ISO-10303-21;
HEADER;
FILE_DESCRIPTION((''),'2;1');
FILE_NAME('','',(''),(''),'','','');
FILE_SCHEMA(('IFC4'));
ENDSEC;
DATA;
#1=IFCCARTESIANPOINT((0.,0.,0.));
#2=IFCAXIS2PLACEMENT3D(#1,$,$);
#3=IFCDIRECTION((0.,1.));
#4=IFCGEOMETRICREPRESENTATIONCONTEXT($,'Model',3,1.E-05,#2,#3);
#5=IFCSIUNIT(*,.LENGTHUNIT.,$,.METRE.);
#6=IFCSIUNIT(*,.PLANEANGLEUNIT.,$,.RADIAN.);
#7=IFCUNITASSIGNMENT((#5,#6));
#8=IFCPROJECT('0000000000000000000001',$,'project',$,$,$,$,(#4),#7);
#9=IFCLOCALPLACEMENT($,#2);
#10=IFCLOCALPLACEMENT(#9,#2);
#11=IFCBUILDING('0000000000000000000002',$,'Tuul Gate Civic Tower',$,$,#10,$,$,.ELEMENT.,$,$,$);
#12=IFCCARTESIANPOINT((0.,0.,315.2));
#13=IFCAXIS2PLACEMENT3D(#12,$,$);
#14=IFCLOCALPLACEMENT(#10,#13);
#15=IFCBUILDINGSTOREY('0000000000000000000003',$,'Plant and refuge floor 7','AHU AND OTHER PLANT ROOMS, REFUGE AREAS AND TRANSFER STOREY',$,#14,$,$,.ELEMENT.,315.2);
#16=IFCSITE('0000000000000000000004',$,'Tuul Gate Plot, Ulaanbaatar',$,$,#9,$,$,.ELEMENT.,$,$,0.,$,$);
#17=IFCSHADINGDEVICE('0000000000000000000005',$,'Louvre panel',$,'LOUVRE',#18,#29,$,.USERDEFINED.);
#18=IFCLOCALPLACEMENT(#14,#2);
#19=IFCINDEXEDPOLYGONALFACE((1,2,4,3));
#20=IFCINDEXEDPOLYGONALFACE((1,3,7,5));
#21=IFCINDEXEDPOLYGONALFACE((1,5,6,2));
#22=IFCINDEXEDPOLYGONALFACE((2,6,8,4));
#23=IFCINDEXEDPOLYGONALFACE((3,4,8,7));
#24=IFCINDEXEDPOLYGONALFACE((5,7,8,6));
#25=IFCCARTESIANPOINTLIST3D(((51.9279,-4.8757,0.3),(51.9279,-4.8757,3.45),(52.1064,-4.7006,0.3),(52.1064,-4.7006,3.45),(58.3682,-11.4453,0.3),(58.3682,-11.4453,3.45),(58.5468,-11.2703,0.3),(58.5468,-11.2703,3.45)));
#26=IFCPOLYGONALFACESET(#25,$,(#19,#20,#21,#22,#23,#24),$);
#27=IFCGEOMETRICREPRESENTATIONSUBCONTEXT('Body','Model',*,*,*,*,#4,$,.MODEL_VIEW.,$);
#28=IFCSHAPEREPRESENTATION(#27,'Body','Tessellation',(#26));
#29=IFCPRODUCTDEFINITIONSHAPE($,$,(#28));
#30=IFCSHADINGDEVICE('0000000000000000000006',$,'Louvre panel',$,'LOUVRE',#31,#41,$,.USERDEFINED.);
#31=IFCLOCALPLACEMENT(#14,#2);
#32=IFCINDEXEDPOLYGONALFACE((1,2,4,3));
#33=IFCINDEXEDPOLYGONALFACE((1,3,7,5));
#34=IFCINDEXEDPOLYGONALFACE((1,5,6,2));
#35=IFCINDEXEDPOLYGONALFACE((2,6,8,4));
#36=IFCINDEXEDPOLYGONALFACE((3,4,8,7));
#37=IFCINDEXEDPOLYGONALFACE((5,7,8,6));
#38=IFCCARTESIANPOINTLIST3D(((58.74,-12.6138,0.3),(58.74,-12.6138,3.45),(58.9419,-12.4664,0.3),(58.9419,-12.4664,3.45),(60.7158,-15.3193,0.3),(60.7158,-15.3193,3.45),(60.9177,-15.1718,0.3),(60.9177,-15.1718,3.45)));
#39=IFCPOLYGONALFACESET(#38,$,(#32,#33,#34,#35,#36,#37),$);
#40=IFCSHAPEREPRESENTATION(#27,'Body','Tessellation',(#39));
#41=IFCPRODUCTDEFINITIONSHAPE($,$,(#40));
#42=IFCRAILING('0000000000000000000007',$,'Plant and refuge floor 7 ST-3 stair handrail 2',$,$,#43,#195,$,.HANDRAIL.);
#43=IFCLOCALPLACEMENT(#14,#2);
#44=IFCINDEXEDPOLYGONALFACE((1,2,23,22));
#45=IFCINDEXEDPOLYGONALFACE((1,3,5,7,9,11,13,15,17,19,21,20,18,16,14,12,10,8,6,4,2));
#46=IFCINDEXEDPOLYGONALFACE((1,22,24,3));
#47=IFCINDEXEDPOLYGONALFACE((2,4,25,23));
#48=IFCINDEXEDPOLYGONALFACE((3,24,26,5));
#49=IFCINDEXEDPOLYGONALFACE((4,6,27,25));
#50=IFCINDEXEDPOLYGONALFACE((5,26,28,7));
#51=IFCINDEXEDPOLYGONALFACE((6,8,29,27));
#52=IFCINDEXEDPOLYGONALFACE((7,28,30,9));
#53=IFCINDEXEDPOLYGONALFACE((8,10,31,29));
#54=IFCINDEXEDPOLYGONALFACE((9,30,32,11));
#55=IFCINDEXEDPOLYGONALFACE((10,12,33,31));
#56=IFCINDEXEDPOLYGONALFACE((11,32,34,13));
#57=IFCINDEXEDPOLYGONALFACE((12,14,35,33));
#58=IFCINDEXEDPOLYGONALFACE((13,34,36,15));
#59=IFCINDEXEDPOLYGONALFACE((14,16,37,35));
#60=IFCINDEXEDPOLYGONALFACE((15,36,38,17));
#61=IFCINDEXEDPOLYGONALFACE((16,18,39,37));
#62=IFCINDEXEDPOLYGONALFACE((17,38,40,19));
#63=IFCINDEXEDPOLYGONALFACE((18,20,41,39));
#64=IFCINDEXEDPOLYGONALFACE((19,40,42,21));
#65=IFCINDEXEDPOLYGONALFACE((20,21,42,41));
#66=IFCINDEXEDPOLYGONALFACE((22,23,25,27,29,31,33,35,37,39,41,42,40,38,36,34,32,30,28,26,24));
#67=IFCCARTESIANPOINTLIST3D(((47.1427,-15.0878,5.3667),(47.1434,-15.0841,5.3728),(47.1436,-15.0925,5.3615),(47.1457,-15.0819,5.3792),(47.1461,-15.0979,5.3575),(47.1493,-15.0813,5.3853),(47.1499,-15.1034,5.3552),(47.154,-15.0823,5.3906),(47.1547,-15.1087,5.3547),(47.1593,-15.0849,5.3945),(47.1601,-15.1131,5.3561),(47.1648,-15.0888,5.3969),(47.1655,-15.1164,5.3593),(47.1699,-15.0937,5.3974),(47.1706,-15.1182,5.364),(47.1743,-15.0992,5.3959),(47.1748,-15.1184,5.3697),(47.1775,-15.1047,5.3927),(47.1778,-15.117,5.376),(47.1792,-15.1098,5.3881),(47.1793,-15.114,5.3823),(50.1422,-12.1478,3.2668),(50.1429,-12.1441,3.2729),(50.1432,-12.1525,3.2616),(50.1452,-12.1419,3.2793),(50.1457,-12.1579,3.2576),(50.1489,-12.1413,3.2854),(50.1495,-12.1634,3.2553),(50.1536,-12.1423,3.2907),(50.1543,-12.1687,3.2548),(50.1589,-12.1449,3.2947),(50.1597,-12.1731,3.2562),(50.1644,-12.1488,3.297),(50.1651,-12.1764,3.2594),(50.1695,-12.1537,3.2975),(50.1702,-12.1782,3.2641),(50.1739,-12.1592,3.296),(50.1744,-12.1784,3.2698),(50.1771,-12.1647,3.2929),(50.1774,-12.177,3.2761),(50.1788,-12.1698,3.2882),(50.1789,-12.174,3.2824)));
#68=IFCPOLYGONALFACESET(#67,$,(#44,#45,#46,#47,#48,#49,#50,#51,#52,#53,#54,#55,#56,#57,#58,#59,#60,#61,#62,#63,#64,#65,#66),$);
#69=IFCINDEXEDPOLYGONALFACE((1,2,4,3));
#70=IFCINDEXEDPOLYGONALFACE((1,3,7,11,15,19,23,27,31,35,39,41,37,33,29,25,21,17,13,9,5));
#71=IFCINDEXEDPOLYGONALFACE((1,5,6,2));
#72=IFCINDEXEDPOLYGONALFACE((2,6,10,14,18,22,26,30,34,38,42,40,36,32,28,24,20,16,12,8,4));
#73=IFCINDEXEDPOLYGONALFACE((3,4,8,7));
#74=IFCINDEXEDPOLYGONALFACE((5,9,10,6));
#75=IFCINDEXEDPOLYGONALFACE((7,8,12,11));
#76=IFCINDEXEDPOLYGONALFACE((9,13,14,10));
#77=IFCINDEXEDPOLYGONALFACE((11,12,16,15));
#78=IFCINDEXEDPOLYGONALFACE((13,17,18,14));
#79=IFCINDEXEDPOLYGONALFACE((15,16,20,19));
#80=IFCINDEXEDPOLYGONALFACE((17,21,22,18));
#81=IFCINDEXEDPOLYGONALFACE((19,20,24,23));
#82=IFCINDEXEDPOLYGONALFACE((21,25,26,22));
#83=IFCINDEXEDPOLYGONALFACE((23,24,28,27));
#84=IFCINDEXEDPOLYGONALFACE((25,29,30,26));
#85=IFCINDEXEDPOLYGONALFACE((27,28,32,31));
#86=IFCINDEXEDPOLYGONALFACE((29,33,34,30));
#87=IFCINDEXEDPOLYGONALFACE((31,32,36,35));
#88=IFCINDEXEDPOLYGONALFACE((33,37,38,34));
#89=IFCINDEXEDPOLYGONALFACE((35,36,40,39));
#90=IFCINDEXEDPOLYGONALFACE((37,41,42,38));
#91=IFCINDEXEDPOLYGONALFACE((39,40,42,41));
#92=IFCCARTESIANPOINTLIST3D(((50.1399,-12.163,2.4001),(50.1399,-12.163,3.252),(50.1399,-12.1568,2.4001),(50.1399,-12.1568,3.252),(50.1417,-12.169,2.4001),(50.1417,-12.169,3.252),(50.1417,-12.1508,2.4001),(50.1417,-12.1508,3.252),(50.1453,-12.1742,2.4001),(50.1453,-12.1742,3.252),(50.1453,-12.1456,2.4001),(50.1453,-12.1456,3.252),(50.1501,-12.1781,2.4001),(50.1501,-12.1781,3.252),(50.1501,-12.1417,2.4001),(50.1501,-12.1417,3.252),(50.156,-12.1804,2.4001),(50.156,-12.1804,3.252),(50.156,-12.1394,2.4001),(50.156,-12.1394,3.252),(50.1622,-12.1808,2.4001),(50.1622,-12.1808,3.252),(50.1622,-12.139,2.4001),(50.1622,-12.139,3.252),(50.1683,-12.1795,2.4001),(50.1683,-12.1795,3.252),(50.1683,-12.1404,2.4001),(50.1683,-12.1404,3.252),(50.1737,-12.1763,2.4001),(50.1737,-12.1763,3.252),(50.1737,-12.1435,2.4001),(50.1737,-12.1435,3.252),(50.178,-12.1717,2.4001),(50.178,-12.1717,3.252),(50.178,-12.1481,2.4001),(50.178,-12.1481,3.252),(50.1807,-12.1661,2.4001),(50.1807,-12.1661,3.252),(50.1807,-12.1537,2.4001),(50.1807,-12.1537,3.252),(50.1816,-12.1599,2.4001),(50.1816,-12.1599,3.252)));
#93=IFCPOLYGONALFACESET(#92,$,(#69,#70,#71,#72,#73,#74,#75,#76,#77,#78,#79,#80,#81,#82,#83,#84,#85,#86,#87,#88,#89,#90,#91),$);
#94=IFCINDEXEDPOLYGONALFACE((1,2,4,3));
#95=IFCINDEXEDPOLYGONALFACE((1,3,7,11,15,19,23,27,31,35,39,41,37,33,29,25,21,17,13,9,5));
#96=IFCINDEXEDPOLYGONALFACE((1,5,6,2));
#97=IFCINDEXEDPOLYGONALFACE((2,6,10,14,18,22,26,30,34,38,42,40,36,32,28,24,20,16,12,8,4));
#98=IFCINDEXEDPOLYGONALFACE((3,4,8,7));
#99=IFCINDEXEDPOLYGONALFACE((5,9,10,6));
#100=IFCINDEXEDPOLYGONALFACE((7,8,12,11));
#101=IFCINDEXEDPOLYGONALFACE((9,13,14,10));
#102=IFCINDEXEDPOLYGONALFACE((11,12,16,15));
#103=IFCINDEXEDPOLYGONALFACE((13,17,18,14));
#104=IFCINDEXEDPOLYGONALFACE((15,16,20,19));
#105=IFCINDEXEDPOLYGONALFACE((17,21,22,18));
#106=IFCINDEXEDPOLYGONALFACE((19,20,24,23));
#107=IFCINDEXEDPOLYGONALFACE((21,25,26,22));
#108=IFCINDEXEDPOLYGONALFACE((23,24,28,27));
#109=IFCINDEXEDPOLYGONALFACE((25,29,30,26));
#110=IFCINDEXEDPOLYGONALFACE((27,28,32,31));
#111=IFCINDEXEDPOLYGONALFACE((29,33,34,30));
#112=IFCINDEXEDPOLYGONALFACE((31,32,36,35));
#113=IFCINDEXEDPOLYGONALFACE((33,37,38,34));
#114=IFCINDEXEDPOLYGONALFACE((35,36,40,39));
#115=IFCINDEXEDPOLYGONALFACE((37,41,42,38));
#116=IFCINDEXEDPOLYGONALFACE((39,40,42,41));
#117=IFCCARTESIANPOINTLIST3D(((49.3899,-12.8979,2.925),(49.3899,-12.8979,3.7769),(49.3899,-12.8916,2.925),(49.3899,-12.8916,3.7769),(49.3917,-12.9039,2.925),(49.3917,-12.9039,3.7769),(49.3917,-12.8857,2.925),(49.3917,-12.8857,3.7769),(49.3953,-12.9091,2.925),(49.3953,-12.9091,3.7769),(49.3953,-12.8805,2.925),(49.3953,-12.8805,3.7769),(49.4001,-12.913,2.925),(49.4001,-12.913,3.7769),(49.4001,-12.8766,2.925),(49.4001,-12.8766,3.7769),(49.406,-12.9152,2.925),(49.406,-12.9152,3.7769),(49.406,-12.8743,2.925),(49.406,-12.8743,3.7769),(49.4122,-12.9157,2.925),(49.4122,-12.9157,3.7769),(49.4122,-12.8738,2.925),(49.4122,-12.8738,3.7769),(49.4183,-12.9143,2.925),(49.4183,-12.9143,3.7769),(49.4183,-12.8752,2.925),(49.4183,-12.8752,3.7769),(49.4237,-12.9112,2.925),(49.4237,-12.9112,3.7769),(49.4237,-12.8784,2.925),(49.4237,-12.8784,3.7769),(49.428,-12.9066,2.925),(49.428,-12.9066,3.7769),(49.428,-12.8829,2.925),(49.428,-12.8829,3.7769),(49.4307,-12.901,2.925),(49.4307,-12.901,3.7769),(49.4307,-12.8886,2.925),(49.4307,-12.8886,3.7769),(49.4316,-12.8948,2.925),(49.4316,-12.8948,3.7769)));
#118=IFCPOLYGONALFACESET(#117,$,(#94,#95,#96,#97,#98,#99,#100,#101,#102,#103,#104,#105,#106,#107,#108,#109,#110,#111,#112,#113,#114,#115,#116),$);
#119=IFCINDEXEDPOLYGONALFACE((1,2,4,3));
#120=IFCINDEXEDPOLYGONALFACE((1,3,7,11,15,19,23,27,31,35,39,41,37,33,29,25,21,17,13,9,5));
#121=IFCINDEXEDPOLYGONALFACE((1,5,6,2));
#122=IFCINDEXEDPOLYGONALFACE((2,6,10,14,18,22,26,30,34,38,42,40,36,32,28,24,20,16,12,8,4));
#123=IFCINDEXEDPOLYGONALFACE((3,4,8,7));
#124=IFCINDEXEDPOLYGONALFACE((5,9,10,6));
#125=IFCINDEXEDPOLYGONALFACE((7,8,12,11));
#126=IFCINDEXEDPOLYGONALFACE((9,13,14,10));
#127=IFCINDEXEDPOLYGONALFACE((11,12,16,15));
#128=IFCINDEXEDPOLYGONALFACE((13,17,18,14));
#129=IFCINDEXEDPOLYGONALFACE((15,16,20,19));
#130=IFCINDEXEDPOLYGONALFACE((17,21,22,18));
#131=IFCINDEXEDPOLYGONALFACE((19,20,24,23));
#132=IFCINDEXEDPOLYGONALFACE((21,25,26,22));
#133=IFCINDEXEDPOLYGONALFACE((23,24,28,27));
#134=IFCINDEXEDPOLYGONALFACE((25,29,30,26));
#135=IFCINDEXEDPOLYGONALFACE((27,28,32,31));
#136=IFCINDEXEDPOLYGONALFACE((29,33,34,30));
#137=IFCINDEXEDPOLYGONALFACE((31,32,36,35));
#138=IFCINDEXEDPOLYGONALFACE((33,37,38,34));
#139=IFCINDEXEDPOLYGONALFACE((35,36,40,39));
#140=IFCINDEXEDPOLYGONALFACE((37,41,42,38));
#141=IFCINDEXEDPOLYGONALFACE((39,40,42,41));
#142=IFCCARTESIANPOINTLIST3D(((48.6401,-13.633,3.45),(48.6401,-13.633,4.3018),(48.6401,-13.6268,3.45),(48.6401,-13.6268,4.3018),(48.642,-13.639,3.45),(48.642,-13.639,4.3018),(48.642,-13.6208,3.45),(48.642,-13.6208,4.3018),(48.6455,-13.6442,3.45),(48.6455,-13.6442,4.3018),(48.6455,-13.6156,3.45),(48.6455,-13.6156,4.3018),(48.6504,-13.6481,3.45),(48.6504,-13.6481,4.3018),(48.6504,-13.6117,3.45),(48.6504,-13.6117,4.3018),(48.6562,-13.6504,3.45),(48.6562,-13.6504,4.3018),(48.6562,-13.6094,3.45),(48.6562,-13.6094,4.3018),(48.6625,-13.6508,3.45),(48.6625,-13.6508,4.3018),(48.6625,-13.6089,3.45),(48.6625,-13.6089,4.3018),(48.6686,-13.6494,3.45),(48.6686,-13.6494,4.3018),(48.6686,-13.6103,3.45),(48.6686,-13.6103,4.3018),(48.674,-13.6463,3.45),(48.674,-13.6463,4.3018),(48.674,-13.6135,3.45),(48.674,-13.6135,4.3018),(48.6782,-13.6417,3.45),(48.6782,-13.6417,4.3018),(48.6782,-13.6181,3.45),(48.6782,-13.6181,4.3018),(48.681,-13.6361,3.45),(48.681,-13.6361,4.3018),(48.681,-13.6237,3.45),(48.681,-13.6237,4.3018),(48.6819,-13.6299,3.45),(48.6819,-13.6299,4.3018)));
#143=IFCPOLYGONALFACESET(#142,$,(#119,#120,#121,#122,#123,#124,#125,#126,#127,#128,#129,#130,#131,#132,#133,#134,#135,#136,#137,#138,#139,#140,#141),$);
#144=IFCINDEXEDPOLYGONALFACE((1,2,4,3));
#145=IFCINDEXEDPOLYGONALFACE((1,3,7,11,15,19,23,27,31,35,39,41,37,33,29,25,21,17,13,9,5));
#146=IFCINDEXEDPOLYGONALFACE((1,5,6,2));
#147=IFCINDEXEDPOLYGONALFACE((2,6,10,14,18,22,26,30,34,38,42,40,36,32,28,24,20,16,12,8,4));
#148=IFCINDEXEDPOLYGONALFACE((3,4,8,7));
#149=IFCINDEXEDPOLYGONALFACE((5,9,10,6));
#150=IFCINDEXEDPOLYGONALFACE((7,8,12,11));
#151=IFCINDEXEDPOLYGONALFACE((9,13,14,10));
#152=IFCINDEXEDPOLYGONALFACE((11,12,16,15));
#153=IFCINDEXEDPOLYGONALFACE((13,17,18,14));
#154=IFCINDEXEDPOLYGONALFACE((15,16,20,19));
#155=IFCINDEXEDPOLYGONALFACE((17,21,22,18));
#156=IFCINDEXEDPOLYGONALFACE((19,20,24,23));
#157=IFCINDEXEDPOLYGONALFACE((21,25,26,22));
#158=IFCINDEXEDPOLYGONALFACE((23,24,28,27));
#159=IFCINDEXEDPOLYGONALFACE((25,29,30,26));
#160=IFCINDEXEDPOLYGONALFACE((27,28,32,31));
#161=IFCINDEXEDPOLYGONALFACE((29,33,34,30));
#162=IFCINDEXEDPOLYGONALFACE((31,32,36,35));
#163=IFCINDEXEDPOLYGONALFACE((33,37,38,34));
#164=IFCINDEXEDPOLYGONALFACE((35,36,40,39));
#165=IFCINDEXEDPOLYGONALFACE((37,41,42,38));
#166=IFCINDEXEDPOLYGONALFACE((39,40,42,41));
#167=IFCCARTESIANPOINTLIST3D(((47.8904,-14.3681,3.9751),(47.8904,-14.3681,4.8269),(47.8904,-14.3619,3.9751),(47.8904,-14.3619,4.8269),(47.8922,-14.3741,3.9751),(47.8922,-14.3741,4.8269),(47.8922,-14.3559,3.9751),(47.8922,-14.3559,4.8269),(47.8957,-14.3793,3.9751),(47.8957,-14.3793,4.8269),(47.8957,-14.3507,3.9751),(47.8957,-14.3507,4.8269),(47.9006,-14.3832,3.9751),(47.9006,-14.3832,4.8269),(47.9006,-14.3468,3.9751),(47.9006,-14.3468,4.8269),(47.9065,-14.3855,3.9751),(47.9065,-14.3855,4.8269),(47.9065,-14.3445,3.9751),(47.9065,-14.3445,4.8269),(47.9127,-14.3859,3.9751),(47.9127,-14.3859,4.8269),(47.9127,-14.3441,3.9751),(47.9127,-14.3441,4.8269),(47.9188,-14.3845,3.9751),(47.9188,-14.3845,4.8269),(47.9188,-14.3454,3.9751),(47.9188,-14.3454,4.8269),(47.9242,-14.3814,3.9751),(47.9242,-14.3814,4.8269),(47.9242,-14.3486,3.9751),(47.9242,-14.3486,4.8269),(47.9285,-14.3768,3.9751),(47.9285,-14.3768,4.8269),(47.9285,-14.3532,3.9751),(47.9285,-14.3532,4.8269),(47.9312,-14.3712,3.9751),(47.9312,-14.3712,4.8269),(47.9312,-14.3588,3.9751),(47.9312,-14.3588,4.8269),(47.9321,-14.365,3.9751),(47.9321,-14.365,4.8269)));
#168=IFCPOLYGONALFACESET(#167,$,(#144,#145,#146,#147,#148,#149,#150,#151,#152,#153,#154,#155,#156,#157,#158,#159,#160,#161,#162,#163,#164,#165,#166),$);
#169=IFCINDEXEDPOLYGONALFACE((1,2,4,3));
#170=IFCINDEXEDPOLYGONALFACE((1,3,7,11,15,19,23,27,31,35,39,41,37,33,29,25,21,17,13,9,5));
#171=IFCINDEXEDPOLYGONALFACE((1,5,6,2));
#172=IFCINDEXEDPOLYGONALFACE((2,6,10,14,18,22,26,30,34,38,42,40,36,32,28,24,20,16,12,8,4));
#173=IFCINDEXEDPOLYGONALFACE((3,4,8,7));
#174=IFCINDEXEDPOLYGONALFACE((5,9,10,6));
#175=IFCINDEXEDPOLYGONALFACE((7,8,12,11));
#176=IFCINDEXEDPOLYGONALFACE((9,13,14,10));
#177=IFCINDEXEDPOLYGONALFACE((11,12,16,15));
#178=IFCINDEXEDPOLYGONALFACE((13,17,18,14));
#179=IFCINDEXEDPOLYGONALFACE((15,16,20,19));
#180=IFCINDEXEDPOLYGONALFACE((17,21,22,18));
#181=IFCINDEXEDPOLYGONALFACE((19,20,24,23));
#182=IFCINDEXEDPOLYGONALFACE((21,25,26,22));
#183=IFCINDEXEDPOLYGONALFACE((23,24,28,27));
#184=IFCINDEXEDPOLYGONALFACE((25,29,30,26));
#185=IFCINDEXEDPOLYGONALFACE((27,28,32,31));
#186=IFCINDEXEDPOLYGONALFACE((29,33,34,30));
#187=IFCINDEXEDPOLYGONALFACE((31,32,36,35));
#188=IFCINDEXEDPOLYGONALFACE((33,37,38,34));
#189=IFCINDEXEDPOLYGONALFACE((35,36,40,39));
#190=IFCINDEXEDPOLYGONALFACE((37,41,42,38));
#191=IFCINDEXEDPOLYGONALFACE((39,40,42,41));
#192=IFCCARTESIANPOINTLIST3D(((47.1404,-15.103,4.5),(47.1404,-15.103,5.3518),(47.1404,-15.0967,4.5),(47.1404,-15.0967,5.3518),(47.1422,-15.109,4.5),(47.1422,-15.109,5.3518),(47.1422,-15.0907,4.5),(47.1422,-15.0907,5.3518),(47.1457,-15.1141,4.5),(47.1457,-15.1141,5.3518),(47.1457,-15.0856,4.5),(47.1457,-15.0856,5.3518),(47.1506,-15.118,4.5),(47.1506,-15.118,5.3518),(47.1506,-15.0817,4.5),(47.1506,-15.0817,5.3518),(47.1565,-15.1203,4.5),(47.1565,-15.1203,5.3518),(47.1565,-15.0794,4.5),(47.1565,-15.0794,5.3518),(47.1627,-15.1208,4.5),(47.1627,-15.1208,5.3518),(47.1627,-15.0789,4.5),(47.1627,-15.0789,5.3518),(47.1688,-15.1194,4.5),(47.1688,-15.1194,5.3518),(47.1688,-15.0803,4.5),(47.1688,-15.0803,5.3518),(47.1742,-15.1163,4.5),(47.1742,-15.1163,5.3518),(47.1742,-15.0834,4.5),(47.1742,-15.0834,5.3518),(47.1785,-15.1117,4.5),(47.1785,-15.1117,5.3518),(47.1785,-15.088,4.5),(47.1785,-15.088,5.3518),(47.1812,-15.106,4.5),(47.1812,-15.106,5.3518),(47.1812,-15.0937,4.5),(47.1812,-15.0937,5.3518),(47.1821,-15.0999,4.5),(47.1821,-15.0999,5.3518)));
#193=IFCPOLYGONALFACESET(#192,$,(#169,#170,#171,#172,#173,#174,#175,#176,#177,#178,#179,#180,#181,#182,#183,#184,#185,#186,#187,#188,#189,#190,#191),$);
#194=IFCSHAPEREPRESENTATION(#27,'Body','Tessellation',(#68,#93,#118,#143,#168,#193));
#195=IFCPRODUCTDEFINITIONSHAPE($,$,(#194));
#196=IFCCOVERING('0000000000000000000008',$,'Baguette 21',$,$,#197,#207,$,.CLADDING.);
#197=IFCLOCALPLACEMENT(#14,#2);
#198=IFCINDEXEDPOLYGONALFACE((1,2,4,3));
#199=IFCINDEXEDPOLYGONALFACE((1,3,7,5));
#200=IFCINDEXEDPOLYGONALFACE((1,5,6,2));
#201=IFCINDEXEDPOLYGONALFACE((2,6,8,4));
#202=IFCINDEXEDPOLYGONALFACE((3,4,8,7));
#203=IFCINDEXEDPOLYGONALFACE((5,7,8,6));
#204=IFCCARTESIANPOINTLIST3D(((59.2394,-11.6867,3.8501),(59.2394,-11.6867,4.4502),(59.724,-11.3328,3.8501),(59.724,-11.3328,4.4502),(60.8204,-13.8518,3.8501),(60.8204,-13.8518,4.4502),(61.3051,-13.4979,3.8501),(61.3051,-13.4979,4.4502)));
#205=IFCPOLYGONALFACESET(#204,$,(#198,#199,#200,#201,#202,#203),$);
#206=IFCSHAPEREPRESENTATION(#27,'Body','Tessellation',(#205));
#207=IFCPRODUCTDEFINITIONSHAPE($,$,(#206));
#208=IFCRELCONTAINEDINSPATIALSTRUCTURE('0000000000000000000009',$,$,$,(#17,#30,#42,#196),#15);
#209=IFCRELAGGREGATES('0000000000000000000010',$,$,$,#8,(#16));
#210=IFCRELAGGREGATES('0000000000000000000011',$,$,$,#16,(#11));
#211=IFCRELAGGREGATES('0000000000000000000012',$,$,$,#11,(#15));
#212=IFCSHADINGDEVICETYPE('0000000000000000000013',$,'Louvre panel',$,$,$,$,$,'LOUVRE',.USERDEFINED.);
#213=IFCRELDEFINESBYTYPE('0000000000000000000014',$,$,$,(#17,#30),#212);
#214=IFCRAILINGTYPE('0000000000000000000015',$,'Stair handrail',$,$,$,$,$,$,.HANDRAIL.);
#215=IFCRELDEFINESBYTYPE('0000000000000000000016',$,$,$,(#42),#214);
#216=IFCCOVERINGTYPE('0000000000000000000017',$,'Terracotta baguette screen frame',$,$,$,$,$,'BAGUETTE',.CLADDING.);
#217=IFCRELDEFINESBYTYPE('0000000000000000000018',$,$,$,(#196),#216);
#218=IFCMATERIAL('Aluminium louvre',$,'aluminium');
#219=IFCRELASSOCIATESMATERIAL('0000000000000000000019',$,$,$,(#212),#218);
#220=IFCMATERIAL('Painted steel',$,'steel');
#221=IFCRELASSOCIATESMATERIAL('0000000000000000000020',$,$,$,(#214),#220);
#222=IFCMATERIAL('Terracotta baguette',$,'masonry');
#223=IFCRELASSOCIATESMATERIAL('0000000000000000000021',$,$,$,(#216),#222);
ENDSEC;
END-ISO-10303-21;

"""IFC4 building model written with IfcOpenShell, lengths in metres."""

from ifc_helpers import new_model, si_unit, direction, frame, origin, origin_2d, place, context, subcontext, project, spatial, rectangle, circle, extrude, material, material_profile, profile_set, type_object, element, save


model = new_model("IFC4")

# Units and contexts
model_context = context("Model", 3, precision=1e-05, world=origin(), true_north=direction((0.0, 1.0)))
body_context = subcontext(model_context, "Body", "Model", "MODEL_VIEW")
ifc_project = project(units=[si_unit("LENGTHUNIT", "METRE"), si_unit("PLANEANGLEUNIT", "RADIAN")], contexts=[model_context])

# Site, building, storey
site_placement = place(None, origin())
site = spatial("IfcSite", under=ifc_project, at=site_placement, Name="Tuul Gate Plot, Ulaanbaatar", CompositionType="ELEMENT", RefElevation=0.0)
building_placement = place(site_placement, origin())
building = spatial("IfcBuilding", under=site, at=building_placement, Name="Tuul Gate Civic Tower", CompositionType="ELEMENT")
storey_placement = place(building_placement, frame((0.0, 0.0, 315.2)))
storey = spatial("IfcBuildingStorey", under=building, at=storey_placement, Name="Plant and refuge floor 7", Description="AHU AND OTHER PLANT ROOMS, REFUGE AREAS AND TRANSFER STOREY", CompositionType="ELEMENT", Elevation=315.2)

# Shading devices
ifc_material_1 = material(Name="Aluminium louvre", Category="aluminium")
shading_device_type = type_object("IfcShadingDeviceType", Name="Louvre panel", ElementType="LOUVRE", PredefinedType="USERDEFINED", material=ifc_material_1)
shading_device_1_placement = place(storey_placement, frame((55.2373, -8.073, 0.3), z_axis=(0.0, 0.0, 1.0), x_axis=(0.7141, 0.700043, 0.0)))
element("IfcShadingDevice", 1, at=shading_device_1_placement, inside=storey, type_object=shading_device_type, Name="Louvre panel", ObjectType="LOUVRE", PredefinedType="USERDEFINED", context=body_context, shape_type="SweptSolid", body=[
    extrude(rectangle(XDim=0.25, YDim=9.2, at=origin_2d()), origin(), (0.0, 0.0, 1.0), 3.1499),
])
shading_device_2_placement = place(storey_placement, frame((59.8289, -13.8928, 0.3), z_axis=(0.0, 0.0, 1.0), x_axis=(-0.807578, -0.58976, 0.0)))
element("IfcShadingDevice", 2, at=shading_device_2_placement, inside=storey, type_object=shading_device_type, Name="Louvre panel", ObjectType="LOUVRE", PredefinedType="USERDEFINED", context=body_context, shape_type="SweptSolid", body=[
    extrude(rectangle(XDim=0.25, YDim=3.3501, at=origin_2d()), origin(), (0.0, 0.0, 1.0), 3.1499),
])

# Railing
ifc_material_2 = material(Name="Painted steel", Category="steel")
railing_type_1 = type_object("IfcRailingType", Name="Stair handrail", PredefinedType="HANDRAIL", material=ifc_material_2)
railing_1_placement = place(storey_placement, frame((50.1606, -12.1599, 2.4001)))
element("IfcRailing", 3, at=railing_1_placement, inside=storey, type_object=railing_type_1, Name="Plant and refuge floor 7 ST-3 stair handrail 2", PredefinedType="HANDRAIL", context=body_context, shape_type="SweptSolid", body=[
    extrude(circle(Radius=0.0239, at=origin_2d()), frame((0.0, 0.0, 0.876), z_axis=(-0.638777, -0.626091, 0.447185), x_axis=(0.69998, -0.714163, 0.0)), (0.0, 0.0, 1.0), 4.6958),
    extrude(circle(Radius=0.021, at=origin_2d()), origin(), (0.0, 0.0, 1.0), 0.8518),
    extrude(circle(Radius=0.021, at=origin_2d()), frame((-0.75, -0.7349, 0.5249)), (0.0, 0.0, 1.0), 0.8518),
    extrude(circle(Radius=0.021, at=origin_2d()), frame((-1.4998, -1.47, 1.0498)), (0.0, 0.0, 1.0), 0.8518),
    extrude(circle(Radius=0.021, at=origin_2d()), frame((-2.2495, -2.2051, 1.575)), (0.0, 0.0, 1.0), 0.8518),
    extrude(circle(Radius=0.021, at=origin_2d()), frame((-2.9995, -2.9399, 2.0999)), (0.0, 0.0, 1.0), 0.8518),
])

# Covering
ifc_material_3 = material(Name="Terracotta baguette", Category="masonry")
ifc_material_profile_1 = material_profile(ifc_material_3, rectangle(XDim=0.6001, YDim=0.6001, at=origin_2d()), Name="Terracotta baguette screen frame")
ifc_profile_set_1 = profile_set([ifc_material_profile_1], Name="Terracotta baguette")
covering_type = type_object("IfcCoveringType", Name="Terracotta baguette screen frame", ElementType="BAGUETTE", PredefinedType="CLADDING", material=ifc_profile_set_1)
covering_1_placement = place(storey_placement, frame((61.0627, -13.6748, 4.1501), z_axis=(-0.589752, 0.807585, 0.0), x_axis=(-0.807585, -0.589752, 0.0)))
element("IfcCovering", 4, at=covering_1_placement, inside=storey, type_object=covering_type, Name="Baguette 21", PredefinedType="CLADDING", context=body_context, shape_type="SweptSolid", body=[
    extrude(rectangle(XDim=0.6001, YDim=0.6001, at=origin_2d()), origin(), (0.0, 0.0, 1.0), 2.6809),
])

save(model, "model.ifc")
